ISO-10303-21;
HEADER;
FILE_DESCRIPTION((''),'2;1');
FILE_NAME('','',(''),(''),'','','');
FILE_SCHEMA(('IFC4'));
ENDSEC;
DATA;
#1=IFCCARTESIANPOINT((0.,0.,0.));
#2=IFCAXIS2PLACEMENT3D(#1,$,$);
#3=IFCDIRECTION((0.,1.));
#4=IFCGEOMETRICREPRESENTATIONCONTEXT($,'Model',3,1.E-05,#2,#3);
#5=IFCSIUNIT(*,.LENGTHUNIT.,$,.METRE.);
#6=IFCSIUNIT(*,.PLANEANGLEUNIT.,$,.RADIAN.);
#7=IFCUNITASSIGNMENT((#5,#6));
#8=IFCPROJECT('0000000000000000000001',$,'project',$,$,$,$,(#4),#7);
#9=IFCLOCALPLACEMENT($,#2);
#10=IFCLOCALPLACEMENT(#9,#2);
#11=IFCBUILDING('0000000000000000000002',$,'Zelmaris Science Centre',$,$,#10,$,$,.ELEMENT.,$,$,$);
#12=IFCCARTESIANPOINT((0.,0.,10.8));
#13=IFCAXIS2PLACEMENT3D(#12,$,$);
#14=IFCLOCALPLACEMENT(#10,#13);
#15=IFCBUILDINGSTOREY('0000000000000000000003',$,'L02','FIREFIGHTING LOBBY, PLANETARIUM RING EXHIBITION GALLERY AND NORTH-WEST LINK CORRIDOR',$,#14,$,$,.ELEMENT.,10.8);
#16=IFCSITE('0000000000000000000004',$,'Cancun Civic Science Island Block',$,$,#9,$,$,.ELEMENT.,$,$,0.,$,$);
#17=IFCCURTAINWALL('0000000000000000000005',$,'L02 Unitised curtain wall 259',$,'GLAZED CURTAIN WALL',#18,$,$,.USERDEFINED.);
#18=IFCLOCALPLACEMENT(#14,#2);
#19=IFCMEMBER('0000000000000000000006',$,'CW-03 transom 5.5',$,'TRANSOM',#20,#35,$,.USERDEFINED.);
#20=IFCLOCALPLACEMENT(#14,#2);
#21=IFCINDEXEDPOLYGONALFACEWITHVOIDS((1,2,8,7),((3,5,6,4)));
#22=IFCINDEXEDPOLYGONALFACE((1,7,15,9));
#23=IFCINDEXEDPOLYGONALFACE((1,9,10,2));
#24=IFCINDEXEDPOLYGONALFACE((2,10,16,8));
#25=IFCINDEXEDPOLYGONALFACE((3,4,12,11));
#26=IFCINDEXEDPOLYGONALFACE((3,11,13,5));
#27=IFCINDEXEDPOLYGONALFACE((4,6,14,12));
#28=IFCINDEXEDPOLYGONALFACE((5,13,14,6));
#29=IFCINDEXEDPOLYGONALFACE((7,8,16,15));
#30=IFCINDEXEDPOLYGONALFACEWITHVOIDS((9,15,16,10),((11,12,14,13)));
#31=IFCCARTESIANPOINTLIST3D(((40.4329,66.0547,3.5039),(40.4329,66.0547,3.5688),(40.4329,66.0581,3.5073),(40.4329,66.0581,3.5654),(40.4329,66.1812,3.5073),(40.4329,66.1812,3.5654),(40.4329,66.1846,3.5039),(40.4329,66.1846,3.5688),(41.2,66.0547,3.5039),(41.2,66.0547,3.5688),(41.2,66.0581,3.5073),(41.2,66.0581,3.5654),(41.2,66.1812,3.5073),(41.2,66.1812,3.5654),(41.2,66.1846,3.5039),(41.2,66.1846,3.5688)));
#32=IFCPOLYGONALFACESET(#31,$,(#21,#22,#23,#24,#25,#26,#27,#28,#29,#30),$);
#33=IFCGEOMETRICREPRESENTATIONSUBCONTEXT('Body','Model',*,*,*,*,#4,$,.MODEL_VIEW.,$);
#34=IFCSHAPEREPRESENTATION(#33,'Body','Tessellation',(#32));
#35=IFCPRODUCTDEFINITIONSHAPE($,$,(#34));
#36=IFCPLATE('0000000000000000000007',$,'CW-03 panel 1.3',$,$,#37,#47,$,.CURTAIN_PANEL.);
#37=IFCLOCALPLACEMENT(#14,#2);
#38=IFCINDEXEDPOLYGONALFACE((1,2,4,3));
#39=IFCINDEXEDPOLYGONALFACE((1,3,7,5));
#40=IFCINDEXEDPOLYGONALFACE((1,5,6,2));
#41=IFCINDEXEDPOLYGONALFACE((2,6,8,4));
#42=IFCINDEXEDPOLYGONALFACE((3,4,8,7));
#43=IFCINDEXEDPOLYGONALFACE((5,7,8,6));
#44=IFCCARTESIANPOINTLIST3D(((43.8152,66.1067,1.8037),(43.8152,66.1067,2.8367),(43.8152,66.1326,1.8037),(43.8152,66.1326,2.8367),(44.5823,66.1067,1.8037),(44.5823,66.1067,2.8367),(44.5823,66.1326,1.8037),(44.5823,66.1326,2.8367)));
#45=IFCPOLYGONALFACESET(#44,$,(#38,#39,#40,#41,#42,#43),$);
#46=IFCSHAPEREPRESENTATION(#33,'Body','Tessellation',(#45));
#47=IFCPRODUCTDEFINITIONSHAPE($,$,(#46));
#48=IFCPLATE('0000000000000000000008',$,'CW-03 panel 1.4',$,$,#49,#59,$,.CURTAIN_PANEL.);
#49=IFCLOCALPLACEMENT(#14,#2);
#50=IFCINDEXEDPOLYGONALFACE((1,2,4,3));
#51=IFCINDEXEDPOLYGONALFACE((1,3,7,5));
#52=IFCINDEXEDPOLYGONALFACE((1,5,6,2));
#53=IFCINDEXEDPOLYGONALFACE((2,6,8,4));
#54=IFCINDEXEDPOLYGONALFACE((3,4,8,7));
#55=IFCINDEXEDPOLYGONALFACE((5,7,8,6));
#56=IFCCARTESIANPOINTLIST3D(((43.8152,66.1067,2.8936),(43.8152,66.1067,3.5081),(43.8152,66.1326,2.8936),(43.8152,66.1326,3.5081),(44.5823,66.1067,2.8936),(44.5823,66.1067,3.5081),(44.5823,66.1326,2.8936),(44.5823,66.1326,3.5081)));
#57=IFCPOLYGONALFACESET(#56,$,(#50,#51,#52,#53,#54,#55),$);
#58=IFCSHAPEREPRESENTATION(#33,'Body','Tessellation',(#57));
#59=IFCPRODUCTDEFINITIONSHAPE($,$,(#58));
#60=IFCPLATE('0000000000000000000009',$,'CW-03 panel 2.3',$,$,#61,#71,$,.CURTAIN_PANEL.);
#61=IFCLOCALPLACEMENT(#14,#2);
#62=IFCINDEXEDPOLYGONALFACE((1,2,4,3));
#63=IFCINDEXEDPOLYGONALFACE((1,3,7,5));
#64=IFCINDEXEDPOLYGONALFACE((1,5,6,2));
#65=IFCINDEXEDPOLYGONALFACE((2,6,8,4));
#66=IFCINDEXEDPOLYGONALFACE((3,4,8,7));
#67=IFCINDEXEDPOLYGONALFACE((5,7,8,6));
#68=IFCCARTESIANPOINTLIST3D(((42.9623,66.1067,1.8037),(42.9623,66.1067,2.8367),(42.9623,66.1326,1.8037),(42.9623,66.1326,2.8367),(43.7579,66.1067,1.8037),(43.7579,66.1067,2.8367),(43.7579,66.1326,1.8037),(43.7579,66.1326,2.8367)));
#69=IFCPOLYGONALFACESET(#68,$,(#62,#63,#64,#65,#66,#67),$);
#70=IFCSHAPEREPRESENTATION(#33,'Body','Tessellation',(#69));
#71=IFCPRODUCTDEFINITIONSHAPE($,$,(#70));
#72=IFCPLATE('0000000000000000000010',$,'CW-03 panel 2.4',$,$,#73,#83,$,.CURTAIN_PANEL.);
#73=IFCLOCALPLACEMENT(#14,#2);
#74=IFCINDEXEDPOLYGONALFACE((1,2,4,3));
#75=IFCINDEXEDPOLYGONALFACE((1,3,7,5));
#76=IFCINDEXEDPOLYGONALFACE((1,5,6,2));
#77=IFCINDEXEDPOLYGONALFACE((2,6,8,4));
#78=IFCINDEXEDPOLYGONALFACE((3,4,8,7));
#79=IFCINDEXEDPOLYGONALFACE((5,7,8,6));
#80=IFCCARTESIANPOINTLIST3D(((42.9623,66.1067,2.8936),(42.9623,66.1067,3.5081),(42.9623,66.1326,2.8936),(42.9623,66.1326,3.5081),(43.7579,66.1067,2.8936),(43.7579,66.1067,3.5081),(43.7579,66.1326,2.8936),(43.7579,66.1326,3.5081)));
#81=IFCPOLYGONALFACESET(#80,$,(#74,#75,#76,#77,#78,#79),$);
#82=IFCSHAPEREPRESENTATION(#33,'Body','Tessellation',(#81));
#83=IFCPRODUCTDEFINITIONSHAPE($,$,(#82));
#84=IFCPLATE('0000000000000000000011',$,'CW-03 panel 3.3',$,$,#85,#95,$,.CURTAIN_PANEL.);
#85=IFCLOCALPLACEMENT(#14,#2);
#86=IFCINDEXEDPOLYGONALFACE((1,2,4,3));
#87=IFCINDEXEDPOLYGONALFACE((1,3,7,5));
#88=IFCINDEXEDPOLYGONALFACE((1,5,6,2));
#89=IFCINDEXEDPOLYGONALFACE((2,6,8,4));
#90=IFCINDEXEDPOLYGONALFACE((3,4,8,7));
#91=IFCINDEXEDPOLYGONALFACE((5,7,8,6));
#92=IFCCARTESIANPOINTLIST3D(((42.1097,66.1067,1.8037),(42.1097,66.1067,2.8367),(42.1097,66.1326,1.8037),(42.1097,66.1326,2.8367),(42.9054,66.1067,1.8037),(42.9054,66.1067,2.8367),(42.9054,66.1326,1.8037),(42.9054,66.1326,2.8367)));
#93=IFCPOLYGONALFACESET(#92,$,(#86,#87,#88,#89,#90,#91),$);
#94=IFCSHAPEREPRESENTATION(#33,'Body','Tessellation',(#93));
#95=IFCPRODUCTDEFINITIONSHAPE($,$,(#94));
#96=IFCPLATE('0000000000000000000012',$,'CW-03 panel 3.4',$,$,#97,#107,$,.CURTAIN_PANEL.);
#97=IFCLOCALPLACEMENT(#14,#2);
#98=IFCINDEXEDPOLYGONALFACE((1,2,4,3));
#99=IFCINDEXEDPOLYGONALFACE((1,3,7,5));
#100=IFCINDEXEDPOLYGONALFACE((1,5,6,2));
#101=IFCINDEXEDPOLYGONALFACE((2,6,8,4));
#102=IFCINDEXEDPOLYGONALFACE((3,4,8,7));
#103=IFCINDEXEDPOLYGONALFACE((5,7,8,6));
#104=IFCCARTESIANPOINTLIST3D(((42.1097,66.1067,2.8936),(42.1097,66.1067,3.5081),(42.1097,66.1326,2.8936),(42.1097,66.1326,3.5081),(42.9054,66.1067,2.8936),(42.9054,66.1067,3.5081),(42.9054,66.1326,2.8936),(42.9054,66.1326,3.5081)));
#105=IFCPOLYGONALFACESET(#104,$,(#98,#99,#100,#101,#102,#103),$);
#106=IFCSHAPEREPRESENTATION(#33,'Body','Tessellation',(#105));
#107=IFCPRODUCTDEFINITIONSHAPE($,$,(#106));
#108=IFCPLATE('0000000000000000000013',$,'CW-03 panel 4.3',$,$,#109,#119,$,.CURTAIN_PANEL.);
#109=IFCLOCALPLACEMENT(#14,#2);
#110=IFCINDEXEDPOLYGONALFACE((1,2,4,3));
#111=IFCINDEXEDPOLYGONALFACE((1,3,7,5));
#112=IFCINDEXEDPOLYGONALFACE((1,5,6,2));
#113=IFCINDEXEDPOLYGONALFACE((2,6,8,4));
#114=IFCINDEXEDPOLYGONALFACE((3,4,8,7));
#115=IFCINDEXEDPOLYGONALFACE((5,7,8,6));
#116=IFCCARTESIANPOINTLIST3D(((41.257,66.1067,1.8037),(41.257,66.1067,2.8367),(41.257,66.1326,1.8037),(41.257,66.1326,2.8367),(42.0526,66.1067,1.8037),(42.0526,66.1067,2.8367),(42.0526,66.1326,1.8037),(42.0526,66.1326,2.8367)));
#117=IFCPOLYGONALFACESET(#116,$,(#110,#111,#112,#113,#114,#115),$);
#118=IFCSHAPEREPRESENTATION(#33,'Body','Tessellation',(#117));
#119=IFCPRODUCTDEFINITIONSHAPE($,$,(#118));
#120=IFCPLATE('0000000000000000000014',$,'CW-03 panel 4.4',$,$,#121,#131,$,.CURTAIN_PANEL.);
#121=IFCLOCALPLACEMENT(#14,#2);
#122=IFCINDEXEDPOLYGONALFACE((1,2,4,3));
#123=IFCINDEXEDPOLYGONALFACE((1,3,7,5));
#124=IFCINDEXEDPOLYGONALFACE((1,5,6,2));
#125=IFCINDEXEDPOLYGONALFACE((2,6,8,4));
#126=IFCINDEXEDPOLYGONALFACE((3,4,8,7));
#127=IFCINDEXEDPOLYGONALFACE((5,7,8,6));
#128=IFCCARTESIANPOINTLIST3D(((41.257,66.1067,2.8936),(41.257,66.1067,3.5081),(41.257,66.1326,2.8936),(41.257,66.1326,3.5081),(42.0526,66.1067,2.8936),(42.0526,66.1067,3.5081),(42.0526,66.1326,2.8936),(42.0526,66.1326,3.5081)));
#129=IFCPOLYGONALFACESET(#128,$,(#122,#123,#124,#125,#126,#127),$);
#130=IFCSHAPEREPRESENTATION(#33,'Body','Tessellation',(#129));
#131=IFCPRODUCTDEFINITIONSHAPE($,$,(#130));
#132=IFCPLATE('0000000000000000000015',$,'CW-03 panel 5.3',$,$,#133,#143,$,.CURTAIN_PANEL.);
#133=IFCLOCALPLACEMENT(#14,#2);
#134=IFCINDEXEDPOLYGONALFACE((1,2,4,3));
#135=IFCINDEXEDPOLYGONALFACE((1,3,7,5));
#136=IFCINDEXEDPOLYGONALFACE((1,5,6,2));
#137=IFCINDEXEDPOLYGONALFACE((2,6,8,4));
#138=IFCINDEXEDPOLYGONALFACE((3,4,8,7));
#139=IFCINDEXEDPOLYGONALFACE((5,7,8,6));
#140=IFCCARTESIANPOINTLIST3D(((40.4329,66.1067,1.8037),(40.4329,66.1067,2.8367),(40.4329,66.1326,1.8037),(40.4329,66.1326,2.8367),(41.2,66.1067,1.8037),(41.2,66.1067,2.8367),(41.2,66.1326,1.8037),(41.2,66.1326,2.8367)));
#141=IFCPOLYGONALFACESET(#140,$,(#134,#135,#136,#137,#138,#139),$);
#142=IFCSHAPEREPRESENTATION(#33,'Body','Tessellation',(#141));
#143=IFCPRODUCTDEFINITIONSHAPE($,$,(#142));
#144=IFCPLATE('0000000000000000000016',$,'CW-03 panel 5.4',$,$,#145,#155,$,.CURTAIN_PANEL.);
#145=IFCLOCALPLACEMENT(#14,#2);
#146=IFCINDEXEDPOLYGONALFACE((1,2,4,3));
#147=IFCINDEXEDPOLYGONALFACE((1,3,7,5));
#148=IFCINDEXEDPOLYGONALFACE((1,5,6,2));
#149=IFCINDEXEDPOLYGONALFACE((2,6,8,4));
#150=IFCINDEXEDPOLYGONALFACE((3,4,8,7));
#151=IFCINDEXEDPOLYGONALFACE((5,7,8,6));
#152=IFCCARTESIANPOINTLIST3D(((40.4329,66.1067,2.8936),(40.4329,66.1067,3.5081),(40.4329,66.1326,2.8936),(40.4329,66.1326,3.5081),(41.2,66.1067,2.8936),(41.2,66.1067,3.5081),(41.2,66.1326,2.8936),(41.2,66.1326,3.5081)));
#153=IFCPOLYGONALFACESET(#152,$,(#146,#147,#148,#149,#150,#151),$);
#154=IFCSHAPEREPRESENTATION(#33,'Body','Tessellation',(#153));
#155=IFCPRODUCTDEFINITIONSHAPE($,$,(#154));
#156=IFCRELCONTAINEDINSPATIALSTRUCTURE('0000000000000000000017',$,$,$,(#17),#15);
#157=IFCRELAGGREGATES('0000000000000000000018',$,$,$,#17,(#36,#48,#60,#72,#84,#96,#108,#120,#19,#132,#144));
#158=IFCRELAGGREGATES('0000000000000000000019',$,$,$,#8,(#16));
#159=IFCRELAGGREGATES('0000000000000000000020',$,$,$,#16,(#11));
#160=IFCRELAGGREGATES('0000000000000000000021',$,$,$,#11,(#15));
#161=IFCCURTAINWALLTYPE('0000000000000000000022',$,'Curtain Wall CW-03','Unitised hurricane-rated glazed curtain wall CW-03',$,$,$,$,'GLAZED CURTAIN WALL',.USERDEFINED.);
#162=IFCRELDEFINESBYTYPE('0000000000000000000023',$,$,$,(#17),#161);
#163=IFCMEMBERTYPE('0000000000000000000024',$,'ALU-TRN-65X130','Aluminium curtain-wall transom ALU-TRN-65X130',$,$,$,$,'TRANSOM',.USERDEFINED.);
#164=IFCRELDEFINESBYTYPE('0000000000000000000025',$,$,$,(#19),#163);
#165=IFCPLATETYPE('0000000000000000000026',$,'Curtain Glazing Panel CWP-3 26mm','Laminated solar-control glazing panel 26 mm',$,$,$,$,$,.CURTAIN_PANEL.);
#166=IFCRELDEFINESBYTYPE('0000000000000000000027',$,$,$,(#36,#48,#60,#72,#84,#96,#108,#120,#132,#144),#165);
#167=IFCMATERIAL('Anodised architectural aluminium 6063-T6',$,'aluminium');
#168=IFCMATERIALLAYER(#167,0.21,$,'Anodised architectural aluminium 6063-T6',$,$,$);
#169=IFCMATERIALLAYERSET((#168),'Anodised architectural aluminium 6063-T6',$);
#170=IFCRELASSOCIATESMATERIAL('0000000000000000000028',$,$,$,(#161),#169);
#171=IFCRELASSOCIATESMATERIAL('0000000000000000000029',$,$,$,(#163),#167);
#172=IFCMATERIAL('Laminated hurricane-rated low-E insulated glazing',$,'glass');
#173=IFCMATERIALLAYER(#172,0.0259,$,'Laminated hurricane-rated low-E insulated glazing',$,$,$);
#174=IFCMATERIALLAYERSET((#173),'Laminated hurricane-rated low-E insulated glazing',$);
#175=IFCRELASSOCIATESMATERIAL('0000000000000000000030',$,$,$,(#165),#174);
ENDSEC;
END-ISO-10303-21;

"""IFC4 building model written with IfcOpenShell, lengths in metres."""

from ifc_helpers import new_model, si_unit, direction, frame, origin, origin_2d, place, context, subcontext, project, spatial, rectangle, hollow_rectangle, extrude, material, layer, layer_set, material_profile, profile_set, type_object, element, aggregate, save


model = new_model("IFC4")

# Units and contexts
model_context = context("Model", 3, precision=1e-05, world=origin(), true_north=direction((0.0, 1.0)))
body_context = subcontext(model_context, "Body", "Model", "MODEL_VIEW")
ifc_project = project(units=[si_unit("LENGTHUNIT", "METRE"), si_unit("PLANEANGLEUNIT", "RADIAN")], contexts=[model_context])

# Site, building, storey
site_placement = place(None, origin())
site = spatial("IfcSite", under=ifc_project, at=site_placement, Name="Cancun Civic Science Island Block", CompositionType="ELEMENT", RefElevation=0.0)
building_placement = place(site_placement, origin())
building = spatial("IfcBuilding", under=site, at=building_placement, Name="Zelmaris Science Centre", CompositionType="ELEMENT")
storey_placement = place(building_placement, frame((0.0, 0.0, 10.8)))
storey = spatial("IfcBuildingStorey", under=building, at=storey_placement, Name="L02", Description="FIREFIGHTING LOBBY, PLANETARIUM RING EXHIBITION GALLERY AND NORTH-WEST LINK CORRIDOR", CompositionType="ELEMENT", Elevation=10.8)

# Curtain wall, member, plates
ifc_material_1 = material(Name="Anodised architectural aluminium 6063-T6", Category="aluminium")
ifc_layer_1 = layer(ifc_material_1, 0.21, Name="Anodised architectural aluminium 6063-T6")
ifc_layer_set_1 = layer_set([ifc_layer_1], Name="Anodised architectural aluminium 6063-T6")
curtain_wall_type = type_object("IfcCurtainWallType", Name="Curtain Wall CW-03", Description="Unitised hurricane-rated glazed curtain wall CW-03", ElementType="GLAZED CURTAIN WALL", PredefinedType="USERDEFINED", material=ifc_layer_set_1)
curtain_wall_placement = place(storey_placement, origin())
curtain_wall = element("IfcCurtainWall", 1, at=curtain_wall_placement, inside=storey, type_object=curtain_wall_type, Name="L02 Unitised curtain wall 259", ObjectType="GLAZED CURTAIN WALL", PredefinedType="USERDEFINED")
ifc_material_profile = material_profile(ifc_material_1, hollow_rectangle(XDim=0.0649, YDim=0.1299, WallThickness=0.0034, at=origin_2d()), Name="ALU-TRN-65X130")
ifc_profile_set = profile_set([ifc_material_profile], Name="Anodised architectural aluminium 6063-T6")
member_type = type_object("IfcMemberType", Name="ALU-TRN-65X130", Description="Aluminium curtain-wall transom ALU-TRN-65X130", ElementType="TRANSOM", PredefinedType="USERDEFINED", material=ifc_profile_set)
member_1_placement = place(storey_placement, frame((41.2, 66.1196, 3.5364), z_axis=(-1.0, 0.0, 0.0), x_axis=(0.0, 0.0, 1.0)))
member_1 = element("IfcMember", 2, at=member_1_placement, type_object=member_type, Name="CW-03 transom 5.5", ObjectType="TRANSOM", PredefinedType="USERDEFINED", context=body_context, shape_type="SweptSolid", body=[
    extrude(hollow_rectangle(XDim=0.0649, YDim=0.1299, WallThickness=0.0034, at=origin_2d()), origin(), (0.0, 0.0, 1.0), 0.7671),
])
ifc_material_2 = material(Name="Laminated hurricane-rated low-E insulated glazing", Category="glass")
ifc_layer_2 = layer(ifc_material_2, 0.0259, Name="Laminated hurricane-rated low-E insulated glazing")
ifc_layer_set_2 = layer_set([ifc_layer_2], Name="Laminated hurricane-rated low-E insulated glazing")
plate_type = type_object("IfcPlateType", Name="Curtain Glazing Panel CWP-3 26mm", Description="Laminated solar-control glazing panel 26 mm", PredefinedType="CURTAIN_PANEL", material=ifc_layer_set_2)
plate_1_placement = place(storey_placement, frame((44.1987, 66.1196, 1.8037), z_axis=(0.0, 0.0, 1.0), x_axis=(-1.0, 0.0, 0.0)))
plate_1 = element("IfcPlate", 3, at=plate_1_placement, type_object=plate_type, Name="CW-03 panel 1.3", PredefinedType="CURTAIN_PANEL", context=body_context, shape_type="SweptSolid", body=[
    extrude(rectangle(XDim=0.7671, YDim=0.0259, at=origin_2d()), origin(), (0.0, 0.0, 1.0), 1.033),
])
plate_2_placement = place(storey_placement, frame((44.1987, 66.1196, 2.8936), z_axis=(0.0, 0.0, 1.0), x_axis=(-1.0, 0.0, 0.0)))
plate_2 = element("IfcPlate", 4, at=plate_2_placement, type_object=plate_type, Name="CW-03 panel 1.4", PredefinedType="CURTAIN_PANEL", context=body_context, shape_type="SweptSolid", body=[
    extrude(rectangle(XDim=0.7671, YDim=0.0259, at=origin_2d()), origin(), (0.0, 0.0, 1.0), 0.6145),
])
plate_3_placement = place(storey_placement, frame((43.3601, 66.1196, 1.8037), z_axis=(0.0, 0.0, 1.0), x_axis=(-1.0, 0.0, 0.0)))
plate_3 = element("IfcPlate", 5, at=plate_3_placement, type_object=plate_type, Name="CW-03 panel 2.3", PredefinedType="CURTAIN_PANEL", context=body_context, shape_type="SweptSolid", body=[
    extrude(rectangle(XDim=0.7957, YDim=0.0259, at=origin_2d()), origin(), (0.0, 0.0, 1.0), 1.033),
])
plate_4_placement = place(storey_placement, frame((43.3601, 66.1196, 2.8936), z_axis=(0.0, 0.0, 1.0), x_axis=(-1.0, 0.0, 0.0)))
plate_4 = element("IfcPlate", 6, at=plate_4_placement, type_object=plate_type, Name="CW-03 panel 2.4", PredefinedType="CURTAIN_PANEL", context=body_context, shape_type="SweptSolid", body=[
    extrude(rectangle(XDim=0.7957, YDim=0.0259, at=origin_2d()), origin(), (0.0, 0.0, 1.0), 0.6145),
])
plate_5_placement = place(storey_placement, frame((42.5076, 66.1196, 1.8037), z_axis=(0.0, 0.0, 1.0), x_axis=(-1.0, 0.0, 0.0)))
plate_5 = element("IfcPlate", 7, at=plate_5_placement, type_object=plate_type, Name="CW-03 panel 3.3", PredefinedType="CURTAIN_PANEL", context=body_context, shape_type="SweptSolid", body=[
    extrude(rectangle(XDim=0.7957, YDim=0.0259, at=origin_2d()), origin(), (0.0, 0.0, 1.0), 1.033),
])
plate_6_placement = place(storey_placement, frame((42.5076, 66.1196, 2.8936), z_axis=(0.0, 0.0, 1.0), x_axis=(-1.0, 0.0, 0.0)))
plate_6 = element("IfcPlate", 8, at=plate_6_placement, type_object=plate_type, Name="CW-03 panel 3.4", PredefinedType="CURTAIN_PANEL", context=body_context, shape_type="SweptSolid", body=[
    extrude(rectangle(XDim=0.7957, YDim=0.0259, at=origin_2d()), origin(), (0.0, 0.0, 1.0), 0.6145),
])
plate_7_placement = place(storey_placement, frame((41.6548, 66.1196, 1.8037), z_axis=(0.0, 0.0, 1.0), x_axis=(-1.0, 0.0, 0.0)))
plate_7 = element("IfcPlate", 9, at=plate_7_placement, type_object=plate_type, Name="CW-03 panel 4.3", PredefinedType="CURTAIN_PANEL", context=body_context, shape_type="SweptSolid", body=[
    extrude(rectangle(XDim=0.7957, YDim=0.0259, at=origin_2d()), origin(), (0.0, 0.0, 1.0), 1.033),
])
plate_8_placement = place(storey_placement, frame((41.6548, 66.1196, 2.8936), z_axis=(0.0, 0.0, 1.0), x_axis=(-1.0, 0.0, 0.0)))
plate_8 = element("IfcPlate", 10, at=plate_8_placement, type_object=plate_type, Name="CW-03 panel 4.4", PredefinedType="CURTAIN_PANEL", context=body_context, shape_type="SweptSolid", body=[
    extrude(rectangle(XDim=0.7957, YDim=0.0259, at=origin_2d()), origin(), (0.0, 0.0, 1.0), 0.6145),
])
plate_9_placement = place(storey_placement, frame((40.8164, 66.1196, 1.8037), z_axis=(0.0, 0.0, 1.0), x_axis=(-1.0, 0.0, 0.0)))
plate_9 = element("IfcPlate", 11, at=plate_9_placement, type_object=plate_type, Name="CW-03 panel 5.3", PredefinedType="CURTAIN_PANEL", context=body_context, shape_type="SweptSolid", body=[
    extrude(rectangle(XDim=0.7671, YDim=0.0259, at=origin_2d()), origin(), (0.0, 0.0, 1.0), 1.033),
])
plate_10_placement = place(storey_placement, frame((40.8164, 66.1196, 2.8936), z_axis=(0.0, 0.0, 1.0), x_axis=(-1.0, 0.0, 0.0)))
plate_10 = element("IfcPlate", 12, at=plate_10_placement, type_object=plate_type, Name="CW-03 panel 5.4", PredefinedType="CURTAIN_PANEL", context=body_context, shape_type="SweptSolid", body=[
    extrude(rectangle(XDim=0.7671, YDim=0.0259, at=origin_2d()), origin(), (0.0, 0.0, 1.0), 0.6145),
])
aggregate(curtain_wall, [plate_1, plate_2, plate_3, plate_4, plate_5, plate_6, plate_7, plate_8, member_1, plate_9, plate_10])

save(model, "model.ifc")
